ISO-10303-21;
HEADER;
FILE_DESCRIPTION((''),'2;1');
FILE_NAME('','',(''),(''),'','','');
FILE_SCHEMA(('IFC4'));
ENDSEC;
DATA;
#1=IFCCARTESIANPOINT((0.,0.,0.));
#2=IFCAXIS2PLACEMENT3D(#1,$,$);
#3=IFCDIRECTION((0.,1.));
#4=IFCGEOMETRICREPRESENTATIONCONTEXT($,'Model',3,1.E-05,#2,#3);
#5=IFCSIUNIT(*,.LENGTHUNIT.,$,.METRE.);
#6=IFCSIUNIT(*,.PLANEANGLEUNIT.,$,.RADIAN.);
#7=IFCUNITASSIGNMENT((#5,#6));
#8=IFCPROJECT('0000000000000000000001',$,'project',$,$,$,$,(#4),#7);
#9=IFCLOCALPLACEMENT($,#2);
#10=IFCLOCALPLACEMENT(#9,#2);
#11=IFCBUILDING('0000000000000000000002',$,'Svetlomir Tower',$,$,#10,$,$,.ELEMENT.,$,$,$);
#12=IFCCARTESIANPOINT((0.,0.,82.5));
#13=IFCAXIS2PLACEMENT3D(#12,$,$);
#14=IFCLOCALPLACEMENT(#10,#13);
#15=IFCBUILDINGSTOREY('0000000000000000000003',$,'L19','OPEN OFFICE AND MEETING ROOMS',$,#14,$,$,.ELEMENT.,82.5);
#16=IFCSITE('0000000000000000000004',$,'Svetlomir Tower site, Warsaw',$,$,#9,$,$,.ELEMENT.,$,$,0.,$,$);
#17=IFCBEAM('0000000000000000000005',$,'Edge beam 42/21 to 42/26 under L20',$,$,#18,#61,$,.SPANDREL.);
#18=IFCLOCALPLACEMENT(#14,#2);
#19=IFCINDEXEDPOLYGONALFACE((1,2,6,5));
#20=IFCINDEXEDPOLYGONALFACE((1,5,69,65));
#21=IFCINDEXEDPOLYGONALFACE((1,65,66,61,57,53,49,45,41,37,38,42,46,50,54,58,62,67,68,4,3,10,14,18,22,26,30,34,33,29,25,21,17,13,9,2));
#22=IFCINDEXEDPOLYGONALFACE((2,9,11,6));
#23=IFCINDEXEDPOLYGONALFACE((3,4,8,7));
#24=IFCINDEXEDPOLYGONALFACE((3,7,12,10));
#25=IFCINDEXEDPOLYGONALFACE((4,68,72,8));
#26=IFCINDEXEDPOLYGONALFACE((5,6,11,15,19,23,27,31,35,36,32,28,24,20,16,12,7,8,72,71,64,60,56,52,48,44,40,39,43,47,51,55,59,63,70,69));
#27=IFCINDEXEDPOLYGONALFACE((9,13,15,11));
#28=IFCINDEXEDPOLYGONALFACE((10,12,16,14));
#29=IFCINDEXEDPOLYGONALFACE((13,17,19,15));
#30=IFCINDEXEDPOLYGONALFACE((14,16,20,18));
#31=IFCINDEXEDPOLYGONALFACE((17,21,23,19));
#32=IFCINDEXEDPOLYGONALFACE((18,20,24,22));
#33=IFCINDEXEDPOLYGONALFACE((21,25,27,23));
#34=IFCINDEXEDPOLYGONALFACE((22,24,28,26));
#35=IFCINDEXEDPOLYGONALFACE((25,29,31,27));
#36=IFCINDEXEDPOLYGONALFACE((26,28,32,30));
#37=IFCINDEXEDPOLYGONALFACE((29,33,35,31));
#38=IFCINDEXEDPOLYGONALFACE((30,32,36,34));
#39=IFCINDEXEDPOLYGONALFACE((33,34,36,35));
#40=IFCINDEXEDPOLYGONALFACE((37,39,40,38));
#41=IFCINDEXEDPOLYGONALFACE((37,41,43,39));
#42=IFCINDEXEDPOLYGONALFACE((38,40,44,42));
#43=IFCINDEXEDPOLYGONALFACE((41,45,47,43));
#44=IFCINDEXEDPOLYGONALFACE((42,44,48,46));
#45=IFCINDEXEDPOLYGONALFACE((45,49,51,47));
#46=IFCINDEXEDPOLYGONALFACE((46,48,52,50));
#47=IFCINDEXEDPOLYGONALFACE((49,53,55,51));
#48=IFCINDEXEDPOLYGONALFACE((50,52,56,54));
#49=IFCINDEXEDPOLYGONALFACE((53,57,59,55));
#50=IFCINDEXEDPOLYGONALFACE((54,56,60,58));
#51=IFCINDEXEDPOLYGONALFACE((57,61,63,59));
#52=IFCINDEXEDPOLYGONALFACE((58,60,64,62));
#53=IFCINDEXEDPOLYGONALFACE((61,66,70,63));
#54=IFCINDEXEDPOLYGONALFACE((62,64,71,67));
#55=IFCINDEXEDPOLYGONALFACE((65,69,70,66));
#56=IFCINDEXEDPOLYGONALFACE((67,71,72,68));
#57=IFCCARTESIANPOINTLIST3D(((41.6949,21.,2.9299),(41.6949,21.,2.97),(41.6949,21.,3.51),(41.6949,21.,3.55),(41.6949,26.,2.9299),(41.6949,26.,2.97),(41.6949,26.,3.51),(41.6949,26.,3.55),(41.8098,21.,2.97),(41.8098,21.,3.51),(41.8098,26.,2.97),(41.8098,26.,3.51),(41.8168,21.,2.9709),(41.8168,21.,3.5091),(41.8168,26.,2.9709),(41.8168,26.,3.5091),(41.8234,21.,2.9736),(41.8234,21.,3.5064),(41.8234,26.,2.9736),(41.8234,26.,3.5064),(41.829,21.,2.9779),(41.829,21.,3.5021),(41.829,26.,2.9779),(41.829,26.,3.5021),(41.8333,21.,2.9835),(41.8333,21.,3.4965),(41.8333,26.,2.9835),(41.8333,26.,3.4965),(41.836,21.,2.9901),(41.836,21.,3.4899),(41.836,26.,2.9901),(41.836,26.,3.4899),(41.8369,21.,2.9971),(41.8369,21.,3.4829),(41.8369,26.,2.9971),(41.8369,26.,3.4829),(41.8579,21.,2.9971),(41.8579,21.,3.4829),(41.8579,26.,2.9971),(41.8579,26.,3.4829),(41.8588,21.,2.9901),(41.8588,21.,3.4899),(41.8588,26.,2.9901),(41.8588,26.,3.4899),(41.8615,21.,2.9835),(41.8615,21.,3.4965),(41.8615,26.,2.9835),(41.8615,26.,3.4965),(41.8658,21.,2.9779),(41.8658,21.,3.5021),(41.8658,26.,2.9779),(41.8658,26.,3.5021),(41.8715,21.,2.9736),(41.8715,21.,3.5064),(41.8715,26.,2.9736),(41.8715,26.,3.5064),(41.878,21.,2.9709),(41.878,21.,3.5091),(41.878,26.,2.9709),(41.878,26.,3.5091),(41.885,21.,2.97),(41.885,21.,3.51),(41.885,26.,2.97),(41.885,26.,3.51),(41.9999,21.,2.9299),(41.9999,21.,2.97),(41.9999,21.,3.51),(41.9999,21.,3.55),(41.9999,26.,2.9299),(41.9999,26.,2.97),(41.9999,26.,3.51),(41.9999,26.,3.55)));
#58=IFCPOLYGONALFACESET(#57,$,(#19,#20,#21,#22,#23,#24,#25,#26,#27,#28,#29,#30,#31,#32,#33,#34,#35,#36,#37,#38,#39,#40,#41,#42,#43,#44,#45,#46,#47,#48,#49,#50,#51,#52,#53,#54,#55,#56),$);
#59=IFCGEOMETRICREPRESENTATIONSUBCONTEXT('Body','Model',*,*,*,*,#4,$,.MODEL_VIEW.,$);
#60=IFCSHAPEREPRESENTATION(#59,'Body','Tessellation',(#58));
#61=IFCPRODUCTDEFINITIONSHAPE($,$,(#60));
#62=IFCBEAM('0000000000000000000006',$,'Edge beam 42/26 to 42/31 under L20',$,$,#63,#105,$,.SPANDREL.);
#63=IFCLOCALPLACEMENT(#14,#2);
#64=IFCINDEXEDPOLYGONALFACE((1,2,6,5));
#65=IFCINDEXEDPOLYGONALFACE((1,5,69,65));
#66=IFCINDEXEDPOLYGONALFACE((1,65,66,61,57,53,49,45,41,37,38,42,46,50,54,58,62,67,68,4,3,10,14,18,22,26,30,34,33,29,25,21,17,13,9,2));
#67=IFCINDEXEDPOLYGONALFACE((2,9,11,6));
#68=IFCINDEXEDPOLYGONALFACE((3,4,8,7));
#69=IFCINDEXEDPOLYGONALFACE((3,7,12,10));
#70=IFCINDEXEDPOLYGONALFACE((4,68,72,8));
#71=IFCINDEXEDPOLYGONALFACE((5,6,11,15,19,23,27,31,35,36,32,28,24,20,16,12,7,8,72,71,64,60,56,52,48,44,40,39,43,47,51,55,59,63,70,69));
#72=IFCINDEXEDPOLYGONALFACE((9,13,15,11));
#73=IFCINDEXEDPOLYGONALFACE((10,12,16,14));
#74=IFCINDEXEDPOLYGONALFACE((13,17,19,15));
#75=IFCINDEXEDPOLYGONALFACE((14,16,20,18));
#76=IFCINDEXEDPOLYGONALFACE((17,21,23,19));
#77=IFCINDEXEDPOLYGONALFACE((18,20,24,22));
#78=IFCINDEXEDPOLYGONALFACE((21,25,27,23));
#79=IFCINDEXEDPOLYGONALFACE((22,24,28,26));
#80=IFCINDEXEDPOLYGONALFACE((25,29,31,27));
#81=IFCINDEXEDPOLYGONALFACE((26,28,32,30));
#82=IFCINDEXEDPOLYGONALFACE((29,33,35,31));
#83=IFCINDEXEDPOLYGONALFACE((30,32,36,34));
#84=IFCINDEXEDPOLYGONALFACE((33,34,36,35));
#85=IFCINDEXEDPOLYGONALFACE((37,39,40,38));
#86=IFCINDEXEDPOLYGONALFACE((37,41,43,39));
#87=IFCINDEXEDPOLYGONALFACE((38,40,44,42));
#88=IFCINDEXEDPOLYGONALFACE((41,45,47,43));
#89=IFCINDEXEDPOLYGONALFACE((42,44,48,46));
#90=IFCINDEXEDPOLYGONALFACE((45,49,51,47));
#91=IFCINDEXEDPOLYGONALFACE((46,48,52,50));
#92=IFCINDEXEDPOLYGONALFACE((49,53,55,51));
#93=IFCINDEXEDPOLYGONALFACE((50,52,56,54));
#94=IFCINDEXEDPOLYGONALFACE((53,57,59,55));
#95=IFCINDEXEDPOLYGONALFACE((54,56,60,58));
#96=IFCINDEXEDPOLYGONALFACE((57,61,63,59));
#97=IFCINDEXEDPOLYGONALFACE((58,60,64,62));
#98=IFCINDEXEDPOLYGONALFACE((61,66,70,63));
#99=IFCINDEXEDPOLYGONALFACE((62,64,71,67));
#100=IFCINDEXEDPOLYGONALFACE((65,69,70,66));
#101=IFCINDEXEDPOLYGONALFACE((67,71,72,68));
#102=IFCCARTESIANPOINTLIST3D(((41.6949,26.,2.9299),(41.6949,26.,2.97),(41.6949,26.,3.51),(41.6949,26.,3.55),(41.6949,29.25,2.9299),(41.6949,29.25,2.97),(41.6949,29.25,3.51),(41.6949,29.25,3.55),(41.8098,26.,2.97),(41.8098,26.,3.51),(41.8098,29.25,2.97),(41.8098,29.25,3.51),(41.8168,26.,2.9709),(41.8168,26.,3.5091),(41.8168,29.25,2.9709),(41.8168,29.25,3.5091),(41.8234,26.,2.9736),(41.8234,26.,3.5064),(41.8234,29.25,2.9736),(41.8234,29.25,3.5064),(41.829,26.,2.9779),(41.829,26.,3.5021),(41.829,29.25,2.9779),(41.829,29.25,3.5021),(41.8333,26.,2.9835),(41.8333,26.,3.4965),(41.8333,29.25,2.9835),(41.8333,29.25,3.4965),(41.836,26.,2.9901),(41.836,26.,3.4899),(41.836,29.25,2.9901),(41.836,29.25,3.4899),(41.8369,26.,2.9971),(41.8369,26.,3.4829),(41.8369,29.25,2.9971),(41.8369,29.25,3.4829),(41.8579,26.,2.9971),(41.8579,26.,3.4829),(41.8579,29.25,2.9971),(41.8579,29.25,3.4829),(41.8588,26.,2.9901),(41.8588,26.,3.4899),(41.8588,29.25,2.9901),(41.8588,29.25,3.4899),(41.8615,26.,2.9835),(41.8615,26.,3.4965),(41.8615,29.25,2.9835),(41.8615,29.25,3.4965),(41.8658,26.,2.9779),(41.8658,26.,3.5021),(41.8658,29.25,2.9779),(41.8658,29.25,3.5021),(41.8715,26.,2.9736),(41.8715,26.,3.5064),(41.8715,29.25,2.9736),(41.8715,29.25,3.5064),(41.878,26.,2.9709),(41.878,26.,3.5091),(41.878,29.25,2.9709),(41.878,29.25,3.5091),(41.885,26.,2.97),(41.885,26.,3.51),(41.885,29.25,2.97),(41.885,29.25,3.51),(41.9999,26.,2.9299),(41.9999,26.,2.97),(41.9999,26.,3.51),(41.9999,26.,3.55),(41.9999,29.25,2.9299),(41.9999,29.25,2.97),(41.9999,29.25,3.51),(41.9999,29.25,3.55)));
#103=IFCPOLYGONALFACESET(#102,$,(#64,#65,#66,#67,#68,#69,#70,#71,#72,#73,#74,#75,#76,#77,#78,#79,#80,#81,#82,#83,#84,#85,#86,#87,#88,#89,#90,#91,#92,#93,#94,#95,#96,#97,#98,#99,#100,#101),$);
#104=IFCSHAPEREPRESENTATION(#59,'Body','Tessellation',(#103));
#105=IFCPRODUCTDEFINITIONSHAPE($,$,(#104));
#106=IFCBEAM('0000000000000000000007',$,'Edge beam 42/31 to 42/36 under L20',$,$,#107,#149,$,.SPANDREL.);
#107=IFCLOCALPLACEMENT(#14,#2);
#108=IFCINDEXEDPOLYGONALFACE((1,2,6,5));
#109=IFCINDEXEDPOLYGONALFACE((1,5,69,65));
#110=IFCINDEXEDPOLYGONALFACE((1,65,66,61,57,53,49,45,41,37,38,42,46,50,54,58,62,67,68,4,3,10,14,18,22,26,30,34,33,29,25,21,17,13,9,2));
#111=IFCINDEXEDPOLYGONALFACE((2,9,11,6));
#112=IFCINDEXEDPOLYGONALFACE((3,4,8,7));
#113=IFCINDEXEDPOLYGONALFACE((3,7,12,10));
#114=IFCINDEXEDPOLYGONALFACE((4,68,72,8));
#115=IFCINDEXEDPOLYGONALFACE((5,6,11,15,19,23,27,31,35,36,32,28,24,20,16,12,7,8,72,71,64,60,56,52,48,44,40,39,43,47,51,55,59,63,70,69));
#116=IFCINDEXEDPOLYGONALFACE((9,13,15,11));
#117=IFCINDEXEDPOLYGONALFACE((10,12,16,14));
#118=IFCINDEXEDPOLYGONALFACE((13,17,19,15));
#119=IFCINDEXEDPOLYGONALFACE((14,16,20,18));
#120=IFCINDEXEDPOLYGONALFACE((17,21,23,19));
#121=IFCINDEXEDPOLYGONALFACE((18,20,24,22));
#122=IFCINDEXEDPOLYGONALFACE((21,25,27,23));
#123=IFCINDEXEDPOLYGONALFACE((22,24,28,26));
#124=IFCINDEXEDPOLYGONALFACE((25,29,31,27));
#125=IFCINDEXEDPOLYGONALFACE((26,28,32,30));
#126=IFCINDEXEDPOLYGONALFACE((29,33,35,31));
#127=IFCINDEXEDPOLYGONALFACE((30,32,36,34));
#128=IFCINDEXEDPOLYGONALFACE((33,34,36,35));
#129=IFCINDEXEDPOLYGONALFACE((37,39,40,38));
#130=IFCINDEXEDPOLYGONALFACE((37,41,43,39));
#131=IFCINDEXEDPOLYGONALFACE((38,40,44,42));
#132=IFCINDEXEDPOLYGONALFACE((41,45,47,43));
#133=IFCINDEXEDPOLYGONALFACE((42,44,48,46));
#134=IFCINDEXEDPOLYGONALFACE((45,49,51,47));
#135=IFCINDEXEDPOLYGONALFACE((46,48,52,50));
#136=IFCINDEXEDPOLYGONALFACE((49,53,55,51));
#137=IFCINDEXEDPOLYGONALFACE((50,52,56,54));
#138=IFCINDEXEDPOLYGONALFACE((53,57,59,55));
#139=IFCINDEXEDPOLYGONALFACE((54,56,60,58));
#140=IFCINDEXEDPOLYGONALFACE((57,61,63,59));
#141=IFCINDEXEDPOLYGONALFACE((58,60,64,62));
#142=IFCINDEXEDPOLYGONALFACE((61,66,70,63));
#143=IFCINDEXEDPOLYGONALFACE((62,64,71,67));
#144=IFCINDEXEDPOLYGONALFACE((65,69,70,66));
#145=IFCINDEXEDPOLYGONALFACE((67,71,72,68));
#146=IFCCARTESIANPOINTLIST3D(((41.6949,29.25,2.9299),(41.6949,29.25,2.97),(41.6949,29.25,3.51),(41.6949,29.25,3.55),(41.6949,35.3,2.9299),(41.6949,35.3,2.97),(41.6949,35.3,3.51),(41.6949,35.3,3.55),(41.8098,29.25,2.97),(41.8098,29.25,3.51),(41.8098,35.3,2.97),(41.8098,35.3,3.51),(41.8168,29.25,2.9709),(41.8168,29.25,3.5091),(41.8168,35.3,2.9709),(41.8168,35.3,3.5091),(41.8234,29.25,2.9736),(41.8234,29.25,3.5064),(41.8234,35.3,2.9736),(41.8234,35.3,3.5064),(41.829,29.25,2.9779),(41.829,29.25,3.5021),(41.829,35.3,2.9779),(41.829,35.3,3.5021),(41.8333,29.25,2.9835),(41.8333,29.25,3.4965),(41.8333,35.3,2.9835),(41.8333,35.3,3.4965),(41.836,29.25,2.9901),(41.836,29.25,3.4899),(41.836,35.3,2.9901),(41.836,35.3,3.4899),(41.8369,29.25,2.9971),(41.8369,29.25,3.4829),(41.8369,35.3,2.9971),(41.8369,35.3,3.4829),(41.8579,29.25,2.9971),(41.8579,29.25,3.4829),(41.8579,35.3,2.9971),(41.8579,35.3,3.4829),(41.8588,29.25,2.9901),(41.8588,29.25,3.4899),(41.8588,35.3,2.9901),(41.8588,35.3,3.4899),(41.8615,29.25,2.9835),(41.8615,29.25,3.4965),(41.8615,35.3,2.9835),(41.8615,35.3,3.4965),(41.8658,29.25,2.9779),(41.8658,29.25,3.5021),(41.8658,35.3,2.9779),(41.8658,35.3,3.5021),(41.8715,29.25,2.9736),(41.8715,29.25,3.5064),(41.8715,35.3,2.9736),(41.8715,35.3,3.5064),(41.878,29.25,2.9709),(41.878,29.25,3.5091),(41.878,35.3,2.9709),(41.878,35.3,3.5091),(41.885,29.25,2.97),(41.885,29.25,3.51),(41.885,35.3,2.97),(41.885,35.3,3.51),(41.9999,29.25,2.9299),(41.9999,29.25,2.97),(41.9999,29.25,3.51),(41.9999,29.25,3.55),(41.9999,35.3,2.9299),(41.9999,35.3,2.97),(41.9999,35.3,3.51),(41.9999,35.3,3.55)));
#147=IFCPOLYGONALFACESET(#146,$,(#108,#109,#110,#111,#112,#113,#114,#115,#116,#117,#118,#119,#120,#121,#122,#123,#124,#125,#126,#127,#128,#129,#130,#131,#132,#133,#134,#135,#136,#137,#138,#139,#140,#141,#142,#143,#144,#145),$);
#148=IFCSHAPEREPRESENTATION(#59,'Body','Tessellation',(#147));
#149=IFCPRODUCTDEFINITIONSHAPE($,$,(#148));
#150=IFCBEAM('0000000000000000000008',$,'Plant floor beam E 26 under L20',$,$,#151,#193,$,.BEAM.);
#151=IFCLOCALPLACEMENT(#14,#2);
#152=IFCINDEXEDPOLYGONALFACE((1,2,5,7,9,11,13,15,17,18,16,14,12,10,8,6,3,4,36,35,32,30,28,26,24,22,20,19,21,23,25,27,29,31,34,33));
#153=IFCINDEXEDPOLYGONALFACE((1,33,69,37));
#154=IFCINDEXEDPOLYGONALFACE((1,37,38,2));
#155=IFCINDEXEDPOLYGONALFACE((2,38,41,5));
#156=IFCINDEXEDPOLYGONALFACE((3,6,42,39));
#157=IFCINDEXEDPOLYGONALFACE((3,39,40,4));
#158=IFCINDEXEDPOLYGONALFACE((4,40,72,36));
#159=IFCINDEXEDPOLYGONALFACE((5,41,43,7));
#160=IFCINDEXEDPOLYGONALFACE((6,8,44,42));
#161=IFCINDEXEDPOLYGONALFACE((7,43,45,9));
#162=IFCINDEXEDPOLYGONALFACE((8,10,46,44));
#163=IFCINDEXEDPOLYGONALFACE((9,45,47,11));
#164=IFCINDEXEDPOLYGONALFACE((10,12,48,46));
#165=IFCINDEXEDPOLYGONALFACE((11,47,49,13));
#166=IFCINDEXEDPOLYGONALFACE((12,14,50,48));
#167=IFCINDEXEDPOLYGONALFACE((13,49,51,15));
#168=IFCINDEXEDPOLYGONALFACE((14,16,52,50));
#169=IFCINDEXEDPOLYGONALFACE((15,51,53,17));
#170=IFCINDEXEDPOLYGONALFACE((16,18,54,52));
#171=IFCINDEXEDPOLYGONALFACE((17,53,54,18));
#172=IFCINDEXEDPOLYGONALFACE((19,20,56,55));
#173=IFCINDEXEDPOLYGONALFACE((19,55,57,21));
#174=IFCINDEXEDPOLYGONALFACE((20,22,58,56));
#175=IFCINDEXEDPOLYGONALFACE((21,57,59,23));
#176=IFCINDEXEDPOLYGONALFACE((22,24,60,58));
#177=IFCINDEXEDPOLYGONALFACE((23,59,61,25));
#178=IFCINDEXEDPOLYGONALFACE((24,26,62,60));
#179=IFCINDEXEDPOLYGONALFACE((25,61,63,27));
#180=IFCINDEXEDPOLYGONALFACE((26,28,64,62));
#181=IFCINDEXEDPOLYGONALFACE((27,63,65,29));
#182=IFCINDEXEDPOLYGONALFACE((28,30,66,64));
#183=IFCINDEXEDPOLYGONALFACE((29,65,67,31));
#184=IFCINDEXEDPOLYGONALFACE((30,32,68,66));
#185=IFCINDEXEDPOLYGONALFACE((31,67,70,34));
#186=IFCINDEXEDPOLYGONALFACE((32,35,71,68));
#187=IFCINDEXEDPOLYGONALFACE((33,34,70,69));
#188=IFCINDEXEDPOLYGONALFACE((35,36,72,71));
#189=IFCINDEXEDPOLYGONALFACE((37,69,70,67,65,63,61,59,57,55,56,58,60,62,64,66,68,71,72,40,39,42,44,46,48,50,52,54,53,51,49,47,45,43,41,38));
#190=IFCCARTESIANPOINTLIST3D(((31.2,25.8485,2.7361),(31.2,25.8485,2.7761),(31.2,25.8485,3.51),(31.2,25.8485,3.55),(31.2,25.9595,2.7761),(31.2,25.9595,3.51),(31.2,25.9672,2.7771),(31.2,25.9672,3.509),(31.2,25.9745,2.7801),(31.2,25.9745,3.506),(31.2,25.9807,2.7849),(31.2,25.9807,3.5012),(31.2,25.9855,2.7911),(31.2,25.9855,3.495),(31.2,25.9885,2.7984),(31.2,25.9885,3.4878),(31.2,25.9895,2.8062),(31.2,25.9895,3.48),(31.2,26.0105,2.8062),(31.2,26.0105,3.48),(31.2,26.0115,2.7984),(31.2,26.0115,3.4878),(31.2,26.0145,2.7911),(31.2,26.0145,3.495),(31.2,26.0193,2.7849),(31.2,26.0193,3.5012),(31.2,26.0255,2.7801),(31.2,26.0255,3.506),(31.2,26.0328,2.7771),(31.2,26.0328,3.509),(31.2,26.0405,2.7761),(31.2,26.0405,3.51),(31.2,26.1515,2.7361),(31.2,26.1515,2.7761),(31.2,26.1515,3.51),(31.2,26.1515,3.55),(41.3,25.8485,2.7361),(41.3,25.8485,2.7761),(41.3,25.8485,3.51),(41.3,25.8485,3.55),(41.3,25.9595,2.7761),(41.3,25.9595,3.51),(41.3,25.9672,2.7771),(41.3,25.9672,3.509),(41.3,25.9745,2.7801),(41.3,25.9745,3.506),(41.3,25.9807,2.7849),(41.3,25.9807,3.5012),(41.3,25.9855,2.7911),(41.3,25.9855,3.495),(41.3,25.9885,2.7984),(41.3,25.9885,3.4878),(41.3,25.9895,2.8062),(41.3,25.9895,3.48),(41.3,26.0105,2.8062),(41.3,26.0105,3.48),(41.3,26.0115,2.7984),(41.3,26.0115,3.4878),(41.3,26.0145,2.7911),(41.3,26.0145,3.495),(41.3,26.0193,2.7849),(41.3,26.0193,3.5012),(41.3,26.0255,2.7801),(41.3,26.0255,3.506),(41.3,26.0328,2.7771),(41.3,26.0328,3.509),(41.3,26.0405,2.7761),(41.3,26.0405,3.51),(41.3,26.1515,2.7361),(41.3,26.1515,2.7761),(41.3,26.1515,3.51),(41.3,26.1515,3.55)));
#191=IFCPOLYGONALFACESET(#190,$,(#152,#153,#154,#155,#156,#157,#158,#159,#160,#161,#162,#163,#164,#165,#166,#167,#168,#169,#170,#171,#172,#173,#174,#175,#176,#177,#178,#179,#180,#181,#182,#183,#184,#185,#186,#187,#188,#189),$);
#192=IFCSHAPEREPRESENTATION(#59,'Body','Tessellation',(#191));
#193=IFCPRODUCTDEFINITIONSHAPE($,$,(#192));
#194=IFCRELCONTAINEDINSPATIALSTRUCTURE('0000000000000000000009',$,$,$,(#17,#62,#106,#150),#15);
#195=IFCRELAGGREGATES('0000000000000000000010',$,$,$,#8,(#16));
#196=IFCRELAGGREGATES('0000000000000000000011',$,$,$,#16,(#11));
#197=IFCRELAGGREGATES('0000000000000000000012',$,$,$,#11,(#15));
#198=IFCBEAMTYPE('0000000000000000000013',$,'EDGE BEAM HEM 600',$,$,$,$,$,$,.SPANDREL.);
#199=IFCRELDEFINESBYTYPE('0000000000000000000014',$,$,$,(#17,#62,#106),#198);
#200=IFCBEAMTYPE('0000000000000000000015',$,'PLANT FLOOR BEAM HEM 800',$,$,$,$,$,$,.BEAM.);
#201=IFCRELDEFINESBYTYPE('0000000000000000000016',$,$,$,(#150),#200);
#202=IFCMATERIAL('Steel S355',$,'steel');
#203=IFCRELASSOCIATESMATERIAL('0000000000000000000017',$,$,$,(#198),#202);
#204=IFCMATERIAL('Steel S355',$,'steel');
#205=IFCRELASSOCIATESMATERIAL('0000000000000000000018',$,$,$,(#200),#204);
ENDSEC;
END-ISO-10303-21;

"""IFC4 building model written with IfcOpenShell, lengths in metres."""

from ifc_helpers import new_model, si_unit, direction, frame, origin, origin_2d, place, context, subcontext, project, spatial, i_section, extrude, material, material_profile, profile_set, type_object, element, save


model = new_model("IFC4")

# Units and contexts
model_context = context("Model", 3, precision=1e-05, world=origin(), true_north=direction((0.0, 1.0)))
body_context = subcontext(model_context, "Body", "Model", "MODEL_VIEW")
ifc_project = project(units=[si_unit("LENGTHUNIT", "METRE"), si_unit("PLANEANGLEUNIT", "RADIAN")], contexts=[model_context])

# Site, building, storey
site_placement = place(None, origin())
site = spatial("IfcSite", under=ifc_project, at=site_placement, Name="Svetlomir Tower site, Warsaw", CompositionType="ELEMENT", RefElevation=0.0)
building_placement = place(site_placement, origin())
building = spatial("IfcBuilding", under=site, at=building_placement, Name="Svetlomir Tower", CompositionType="ELEMENT")
storey_placement = place(building_placement, frame((0.0, 0.0, 82.5)))
storey = spatial("IfcBuildingStorey", under=building, at=storey_placement, Name="L19", Description="OPEN OFFICE AND MEETING ROOMS", CompositionType="ELEMENT", Elevation=82.5)

# Beams
ifc_material_1 = material(Name="Steel S355", Category="steel")
ifc_material_profile_1 = material_profile(ifc_material_1, i_section(OverallWidth=0.3049, OverallDepth=0.6201, WebThickness=0.021, FlangeThickness=0.04, FilletRadius=0.0271, at=origin_2d()), Name="HEM 600")
ifc_profile_set_1 = profile_set([ifc_material_profile_1], Name="Steel S355")
beam_type_1 = type_object("IfcBeamType", Name="EDGE BEAM HEM 600", PredefinedType="SPANDREL", material=ifc_profile_set_1)
beam_1_placement = place(storey_placement, frame((41.8474, 21.0, 3.24), z_axis=(0.0, 1.0, 0.0), x_axis=(-1.0, 0.0, 0.0)))
element("IfcBeam", 1, at=beam_1_placement, inside=storey, type_object=beam_type_1, Name="Edge beam 42/21 to 42/26 under L20", PredefinedType="SPANDREL", context=body_context, shape_type="SweptSolid", body=[
    extrude(i_section(OverallWidth=0.3049, OverallDepth=0.6201, WebThickness=0.021, FlangeThickness=0.04, FilletRadius=0.0271, at=origin_2d()), origin(), (0.0, 0.0, 1.0), 5.0),
])
beam_2_placement = place(storey_placement, frame((41.8474, 26.0, 3.24), z_axis=(0.0, 1.0, 0.0), x_axis=(-1.0, 0.0, 0.0)))
element("IfcBeam", 2, at=beam_2_placement, inside=storey, type_object=beam_type_1, Name="Edge beam 42/26 to 42/31 under L20", PredefinedType="SPANDREL", context=body_context, shape_type="SweptSolid", body=[
    extrude(i_section(OverallWidth=0.3049, OverallDepth=0.6201, WebThickness=0.021, FlangeThickness=0.04, FilletRadius=0.0271, at=origin_2d()), origin(), (0.0, 0.0, 1.0), 3.25),
])
beam_3_placement = place(storey_placement, frame((41.8474, 29.25, 3.24), z_axis=(0.0, 1.0, 0.0), x_axis=(-1.0, 0.0, 0.0)))
element("IfcBeam", 3, at=beam_3_placement, inside=storey, type_object=beam_type_1, Name="Edge beam 42/31 to 42/36 under L20", PredefinedType="SPANDREL", context=body_context, shape_type="SweptSolid", body=[
    extrude(i_section(OverallWidth=0.3049, OverallDepth=0.6201, WebThickness=0.021, FlangeThickness=0.04, FilletRadius=0.0271, at=origin_2d()), origin(), (0.0, 0.0, 1.0), 6.05),
])
ifc_material_2 = material(Name="Steel S355", Category="steel")
ifc_material_profile_2 = material_profile(ifc_material_2, i_section(OverallWidth=0.303, OverallDepth=0.814, WebThickness=0.021, FlangeThickness=0.04, FilletRadius=0.03, at=origin_2d()), Name="HEM 800")
ifc_profile_set_2 = profile_set([ifc_material_profile_2], Name="Steel S355")
beam_type_2 = type_object("IfcBeamType", Name="PLANT FLOOR BEAM HEM 800", PredefinedType="BEAM", material=ifc_profile_set_2)
beam_4_placement = place(storey_placement, frame((41.3, 26.0, 3.1431), z_axis=(-1.0, 0.0, 0.0), x_axis=(0.0, -1.0, 0.0)))
element("IfcBeam", 4, at=beam_4_placement, inside=storey, type_object=beam_type_2, Name="Plant floor beam E 26 under L20", PredefinedType="BEAM", context=body_context, shape_type="SweptSolid", body=[
    extrude(i_section(OverallWidth=0.303, OverallDepth=0.814, WebThickness=0.021, FlangeThickness=0.04, FilletRadius=0.03, at=origin_2d()), origin(), (0.0, 0.0, 1.0), 10.1001),
])

save(model, "model.ifc")
